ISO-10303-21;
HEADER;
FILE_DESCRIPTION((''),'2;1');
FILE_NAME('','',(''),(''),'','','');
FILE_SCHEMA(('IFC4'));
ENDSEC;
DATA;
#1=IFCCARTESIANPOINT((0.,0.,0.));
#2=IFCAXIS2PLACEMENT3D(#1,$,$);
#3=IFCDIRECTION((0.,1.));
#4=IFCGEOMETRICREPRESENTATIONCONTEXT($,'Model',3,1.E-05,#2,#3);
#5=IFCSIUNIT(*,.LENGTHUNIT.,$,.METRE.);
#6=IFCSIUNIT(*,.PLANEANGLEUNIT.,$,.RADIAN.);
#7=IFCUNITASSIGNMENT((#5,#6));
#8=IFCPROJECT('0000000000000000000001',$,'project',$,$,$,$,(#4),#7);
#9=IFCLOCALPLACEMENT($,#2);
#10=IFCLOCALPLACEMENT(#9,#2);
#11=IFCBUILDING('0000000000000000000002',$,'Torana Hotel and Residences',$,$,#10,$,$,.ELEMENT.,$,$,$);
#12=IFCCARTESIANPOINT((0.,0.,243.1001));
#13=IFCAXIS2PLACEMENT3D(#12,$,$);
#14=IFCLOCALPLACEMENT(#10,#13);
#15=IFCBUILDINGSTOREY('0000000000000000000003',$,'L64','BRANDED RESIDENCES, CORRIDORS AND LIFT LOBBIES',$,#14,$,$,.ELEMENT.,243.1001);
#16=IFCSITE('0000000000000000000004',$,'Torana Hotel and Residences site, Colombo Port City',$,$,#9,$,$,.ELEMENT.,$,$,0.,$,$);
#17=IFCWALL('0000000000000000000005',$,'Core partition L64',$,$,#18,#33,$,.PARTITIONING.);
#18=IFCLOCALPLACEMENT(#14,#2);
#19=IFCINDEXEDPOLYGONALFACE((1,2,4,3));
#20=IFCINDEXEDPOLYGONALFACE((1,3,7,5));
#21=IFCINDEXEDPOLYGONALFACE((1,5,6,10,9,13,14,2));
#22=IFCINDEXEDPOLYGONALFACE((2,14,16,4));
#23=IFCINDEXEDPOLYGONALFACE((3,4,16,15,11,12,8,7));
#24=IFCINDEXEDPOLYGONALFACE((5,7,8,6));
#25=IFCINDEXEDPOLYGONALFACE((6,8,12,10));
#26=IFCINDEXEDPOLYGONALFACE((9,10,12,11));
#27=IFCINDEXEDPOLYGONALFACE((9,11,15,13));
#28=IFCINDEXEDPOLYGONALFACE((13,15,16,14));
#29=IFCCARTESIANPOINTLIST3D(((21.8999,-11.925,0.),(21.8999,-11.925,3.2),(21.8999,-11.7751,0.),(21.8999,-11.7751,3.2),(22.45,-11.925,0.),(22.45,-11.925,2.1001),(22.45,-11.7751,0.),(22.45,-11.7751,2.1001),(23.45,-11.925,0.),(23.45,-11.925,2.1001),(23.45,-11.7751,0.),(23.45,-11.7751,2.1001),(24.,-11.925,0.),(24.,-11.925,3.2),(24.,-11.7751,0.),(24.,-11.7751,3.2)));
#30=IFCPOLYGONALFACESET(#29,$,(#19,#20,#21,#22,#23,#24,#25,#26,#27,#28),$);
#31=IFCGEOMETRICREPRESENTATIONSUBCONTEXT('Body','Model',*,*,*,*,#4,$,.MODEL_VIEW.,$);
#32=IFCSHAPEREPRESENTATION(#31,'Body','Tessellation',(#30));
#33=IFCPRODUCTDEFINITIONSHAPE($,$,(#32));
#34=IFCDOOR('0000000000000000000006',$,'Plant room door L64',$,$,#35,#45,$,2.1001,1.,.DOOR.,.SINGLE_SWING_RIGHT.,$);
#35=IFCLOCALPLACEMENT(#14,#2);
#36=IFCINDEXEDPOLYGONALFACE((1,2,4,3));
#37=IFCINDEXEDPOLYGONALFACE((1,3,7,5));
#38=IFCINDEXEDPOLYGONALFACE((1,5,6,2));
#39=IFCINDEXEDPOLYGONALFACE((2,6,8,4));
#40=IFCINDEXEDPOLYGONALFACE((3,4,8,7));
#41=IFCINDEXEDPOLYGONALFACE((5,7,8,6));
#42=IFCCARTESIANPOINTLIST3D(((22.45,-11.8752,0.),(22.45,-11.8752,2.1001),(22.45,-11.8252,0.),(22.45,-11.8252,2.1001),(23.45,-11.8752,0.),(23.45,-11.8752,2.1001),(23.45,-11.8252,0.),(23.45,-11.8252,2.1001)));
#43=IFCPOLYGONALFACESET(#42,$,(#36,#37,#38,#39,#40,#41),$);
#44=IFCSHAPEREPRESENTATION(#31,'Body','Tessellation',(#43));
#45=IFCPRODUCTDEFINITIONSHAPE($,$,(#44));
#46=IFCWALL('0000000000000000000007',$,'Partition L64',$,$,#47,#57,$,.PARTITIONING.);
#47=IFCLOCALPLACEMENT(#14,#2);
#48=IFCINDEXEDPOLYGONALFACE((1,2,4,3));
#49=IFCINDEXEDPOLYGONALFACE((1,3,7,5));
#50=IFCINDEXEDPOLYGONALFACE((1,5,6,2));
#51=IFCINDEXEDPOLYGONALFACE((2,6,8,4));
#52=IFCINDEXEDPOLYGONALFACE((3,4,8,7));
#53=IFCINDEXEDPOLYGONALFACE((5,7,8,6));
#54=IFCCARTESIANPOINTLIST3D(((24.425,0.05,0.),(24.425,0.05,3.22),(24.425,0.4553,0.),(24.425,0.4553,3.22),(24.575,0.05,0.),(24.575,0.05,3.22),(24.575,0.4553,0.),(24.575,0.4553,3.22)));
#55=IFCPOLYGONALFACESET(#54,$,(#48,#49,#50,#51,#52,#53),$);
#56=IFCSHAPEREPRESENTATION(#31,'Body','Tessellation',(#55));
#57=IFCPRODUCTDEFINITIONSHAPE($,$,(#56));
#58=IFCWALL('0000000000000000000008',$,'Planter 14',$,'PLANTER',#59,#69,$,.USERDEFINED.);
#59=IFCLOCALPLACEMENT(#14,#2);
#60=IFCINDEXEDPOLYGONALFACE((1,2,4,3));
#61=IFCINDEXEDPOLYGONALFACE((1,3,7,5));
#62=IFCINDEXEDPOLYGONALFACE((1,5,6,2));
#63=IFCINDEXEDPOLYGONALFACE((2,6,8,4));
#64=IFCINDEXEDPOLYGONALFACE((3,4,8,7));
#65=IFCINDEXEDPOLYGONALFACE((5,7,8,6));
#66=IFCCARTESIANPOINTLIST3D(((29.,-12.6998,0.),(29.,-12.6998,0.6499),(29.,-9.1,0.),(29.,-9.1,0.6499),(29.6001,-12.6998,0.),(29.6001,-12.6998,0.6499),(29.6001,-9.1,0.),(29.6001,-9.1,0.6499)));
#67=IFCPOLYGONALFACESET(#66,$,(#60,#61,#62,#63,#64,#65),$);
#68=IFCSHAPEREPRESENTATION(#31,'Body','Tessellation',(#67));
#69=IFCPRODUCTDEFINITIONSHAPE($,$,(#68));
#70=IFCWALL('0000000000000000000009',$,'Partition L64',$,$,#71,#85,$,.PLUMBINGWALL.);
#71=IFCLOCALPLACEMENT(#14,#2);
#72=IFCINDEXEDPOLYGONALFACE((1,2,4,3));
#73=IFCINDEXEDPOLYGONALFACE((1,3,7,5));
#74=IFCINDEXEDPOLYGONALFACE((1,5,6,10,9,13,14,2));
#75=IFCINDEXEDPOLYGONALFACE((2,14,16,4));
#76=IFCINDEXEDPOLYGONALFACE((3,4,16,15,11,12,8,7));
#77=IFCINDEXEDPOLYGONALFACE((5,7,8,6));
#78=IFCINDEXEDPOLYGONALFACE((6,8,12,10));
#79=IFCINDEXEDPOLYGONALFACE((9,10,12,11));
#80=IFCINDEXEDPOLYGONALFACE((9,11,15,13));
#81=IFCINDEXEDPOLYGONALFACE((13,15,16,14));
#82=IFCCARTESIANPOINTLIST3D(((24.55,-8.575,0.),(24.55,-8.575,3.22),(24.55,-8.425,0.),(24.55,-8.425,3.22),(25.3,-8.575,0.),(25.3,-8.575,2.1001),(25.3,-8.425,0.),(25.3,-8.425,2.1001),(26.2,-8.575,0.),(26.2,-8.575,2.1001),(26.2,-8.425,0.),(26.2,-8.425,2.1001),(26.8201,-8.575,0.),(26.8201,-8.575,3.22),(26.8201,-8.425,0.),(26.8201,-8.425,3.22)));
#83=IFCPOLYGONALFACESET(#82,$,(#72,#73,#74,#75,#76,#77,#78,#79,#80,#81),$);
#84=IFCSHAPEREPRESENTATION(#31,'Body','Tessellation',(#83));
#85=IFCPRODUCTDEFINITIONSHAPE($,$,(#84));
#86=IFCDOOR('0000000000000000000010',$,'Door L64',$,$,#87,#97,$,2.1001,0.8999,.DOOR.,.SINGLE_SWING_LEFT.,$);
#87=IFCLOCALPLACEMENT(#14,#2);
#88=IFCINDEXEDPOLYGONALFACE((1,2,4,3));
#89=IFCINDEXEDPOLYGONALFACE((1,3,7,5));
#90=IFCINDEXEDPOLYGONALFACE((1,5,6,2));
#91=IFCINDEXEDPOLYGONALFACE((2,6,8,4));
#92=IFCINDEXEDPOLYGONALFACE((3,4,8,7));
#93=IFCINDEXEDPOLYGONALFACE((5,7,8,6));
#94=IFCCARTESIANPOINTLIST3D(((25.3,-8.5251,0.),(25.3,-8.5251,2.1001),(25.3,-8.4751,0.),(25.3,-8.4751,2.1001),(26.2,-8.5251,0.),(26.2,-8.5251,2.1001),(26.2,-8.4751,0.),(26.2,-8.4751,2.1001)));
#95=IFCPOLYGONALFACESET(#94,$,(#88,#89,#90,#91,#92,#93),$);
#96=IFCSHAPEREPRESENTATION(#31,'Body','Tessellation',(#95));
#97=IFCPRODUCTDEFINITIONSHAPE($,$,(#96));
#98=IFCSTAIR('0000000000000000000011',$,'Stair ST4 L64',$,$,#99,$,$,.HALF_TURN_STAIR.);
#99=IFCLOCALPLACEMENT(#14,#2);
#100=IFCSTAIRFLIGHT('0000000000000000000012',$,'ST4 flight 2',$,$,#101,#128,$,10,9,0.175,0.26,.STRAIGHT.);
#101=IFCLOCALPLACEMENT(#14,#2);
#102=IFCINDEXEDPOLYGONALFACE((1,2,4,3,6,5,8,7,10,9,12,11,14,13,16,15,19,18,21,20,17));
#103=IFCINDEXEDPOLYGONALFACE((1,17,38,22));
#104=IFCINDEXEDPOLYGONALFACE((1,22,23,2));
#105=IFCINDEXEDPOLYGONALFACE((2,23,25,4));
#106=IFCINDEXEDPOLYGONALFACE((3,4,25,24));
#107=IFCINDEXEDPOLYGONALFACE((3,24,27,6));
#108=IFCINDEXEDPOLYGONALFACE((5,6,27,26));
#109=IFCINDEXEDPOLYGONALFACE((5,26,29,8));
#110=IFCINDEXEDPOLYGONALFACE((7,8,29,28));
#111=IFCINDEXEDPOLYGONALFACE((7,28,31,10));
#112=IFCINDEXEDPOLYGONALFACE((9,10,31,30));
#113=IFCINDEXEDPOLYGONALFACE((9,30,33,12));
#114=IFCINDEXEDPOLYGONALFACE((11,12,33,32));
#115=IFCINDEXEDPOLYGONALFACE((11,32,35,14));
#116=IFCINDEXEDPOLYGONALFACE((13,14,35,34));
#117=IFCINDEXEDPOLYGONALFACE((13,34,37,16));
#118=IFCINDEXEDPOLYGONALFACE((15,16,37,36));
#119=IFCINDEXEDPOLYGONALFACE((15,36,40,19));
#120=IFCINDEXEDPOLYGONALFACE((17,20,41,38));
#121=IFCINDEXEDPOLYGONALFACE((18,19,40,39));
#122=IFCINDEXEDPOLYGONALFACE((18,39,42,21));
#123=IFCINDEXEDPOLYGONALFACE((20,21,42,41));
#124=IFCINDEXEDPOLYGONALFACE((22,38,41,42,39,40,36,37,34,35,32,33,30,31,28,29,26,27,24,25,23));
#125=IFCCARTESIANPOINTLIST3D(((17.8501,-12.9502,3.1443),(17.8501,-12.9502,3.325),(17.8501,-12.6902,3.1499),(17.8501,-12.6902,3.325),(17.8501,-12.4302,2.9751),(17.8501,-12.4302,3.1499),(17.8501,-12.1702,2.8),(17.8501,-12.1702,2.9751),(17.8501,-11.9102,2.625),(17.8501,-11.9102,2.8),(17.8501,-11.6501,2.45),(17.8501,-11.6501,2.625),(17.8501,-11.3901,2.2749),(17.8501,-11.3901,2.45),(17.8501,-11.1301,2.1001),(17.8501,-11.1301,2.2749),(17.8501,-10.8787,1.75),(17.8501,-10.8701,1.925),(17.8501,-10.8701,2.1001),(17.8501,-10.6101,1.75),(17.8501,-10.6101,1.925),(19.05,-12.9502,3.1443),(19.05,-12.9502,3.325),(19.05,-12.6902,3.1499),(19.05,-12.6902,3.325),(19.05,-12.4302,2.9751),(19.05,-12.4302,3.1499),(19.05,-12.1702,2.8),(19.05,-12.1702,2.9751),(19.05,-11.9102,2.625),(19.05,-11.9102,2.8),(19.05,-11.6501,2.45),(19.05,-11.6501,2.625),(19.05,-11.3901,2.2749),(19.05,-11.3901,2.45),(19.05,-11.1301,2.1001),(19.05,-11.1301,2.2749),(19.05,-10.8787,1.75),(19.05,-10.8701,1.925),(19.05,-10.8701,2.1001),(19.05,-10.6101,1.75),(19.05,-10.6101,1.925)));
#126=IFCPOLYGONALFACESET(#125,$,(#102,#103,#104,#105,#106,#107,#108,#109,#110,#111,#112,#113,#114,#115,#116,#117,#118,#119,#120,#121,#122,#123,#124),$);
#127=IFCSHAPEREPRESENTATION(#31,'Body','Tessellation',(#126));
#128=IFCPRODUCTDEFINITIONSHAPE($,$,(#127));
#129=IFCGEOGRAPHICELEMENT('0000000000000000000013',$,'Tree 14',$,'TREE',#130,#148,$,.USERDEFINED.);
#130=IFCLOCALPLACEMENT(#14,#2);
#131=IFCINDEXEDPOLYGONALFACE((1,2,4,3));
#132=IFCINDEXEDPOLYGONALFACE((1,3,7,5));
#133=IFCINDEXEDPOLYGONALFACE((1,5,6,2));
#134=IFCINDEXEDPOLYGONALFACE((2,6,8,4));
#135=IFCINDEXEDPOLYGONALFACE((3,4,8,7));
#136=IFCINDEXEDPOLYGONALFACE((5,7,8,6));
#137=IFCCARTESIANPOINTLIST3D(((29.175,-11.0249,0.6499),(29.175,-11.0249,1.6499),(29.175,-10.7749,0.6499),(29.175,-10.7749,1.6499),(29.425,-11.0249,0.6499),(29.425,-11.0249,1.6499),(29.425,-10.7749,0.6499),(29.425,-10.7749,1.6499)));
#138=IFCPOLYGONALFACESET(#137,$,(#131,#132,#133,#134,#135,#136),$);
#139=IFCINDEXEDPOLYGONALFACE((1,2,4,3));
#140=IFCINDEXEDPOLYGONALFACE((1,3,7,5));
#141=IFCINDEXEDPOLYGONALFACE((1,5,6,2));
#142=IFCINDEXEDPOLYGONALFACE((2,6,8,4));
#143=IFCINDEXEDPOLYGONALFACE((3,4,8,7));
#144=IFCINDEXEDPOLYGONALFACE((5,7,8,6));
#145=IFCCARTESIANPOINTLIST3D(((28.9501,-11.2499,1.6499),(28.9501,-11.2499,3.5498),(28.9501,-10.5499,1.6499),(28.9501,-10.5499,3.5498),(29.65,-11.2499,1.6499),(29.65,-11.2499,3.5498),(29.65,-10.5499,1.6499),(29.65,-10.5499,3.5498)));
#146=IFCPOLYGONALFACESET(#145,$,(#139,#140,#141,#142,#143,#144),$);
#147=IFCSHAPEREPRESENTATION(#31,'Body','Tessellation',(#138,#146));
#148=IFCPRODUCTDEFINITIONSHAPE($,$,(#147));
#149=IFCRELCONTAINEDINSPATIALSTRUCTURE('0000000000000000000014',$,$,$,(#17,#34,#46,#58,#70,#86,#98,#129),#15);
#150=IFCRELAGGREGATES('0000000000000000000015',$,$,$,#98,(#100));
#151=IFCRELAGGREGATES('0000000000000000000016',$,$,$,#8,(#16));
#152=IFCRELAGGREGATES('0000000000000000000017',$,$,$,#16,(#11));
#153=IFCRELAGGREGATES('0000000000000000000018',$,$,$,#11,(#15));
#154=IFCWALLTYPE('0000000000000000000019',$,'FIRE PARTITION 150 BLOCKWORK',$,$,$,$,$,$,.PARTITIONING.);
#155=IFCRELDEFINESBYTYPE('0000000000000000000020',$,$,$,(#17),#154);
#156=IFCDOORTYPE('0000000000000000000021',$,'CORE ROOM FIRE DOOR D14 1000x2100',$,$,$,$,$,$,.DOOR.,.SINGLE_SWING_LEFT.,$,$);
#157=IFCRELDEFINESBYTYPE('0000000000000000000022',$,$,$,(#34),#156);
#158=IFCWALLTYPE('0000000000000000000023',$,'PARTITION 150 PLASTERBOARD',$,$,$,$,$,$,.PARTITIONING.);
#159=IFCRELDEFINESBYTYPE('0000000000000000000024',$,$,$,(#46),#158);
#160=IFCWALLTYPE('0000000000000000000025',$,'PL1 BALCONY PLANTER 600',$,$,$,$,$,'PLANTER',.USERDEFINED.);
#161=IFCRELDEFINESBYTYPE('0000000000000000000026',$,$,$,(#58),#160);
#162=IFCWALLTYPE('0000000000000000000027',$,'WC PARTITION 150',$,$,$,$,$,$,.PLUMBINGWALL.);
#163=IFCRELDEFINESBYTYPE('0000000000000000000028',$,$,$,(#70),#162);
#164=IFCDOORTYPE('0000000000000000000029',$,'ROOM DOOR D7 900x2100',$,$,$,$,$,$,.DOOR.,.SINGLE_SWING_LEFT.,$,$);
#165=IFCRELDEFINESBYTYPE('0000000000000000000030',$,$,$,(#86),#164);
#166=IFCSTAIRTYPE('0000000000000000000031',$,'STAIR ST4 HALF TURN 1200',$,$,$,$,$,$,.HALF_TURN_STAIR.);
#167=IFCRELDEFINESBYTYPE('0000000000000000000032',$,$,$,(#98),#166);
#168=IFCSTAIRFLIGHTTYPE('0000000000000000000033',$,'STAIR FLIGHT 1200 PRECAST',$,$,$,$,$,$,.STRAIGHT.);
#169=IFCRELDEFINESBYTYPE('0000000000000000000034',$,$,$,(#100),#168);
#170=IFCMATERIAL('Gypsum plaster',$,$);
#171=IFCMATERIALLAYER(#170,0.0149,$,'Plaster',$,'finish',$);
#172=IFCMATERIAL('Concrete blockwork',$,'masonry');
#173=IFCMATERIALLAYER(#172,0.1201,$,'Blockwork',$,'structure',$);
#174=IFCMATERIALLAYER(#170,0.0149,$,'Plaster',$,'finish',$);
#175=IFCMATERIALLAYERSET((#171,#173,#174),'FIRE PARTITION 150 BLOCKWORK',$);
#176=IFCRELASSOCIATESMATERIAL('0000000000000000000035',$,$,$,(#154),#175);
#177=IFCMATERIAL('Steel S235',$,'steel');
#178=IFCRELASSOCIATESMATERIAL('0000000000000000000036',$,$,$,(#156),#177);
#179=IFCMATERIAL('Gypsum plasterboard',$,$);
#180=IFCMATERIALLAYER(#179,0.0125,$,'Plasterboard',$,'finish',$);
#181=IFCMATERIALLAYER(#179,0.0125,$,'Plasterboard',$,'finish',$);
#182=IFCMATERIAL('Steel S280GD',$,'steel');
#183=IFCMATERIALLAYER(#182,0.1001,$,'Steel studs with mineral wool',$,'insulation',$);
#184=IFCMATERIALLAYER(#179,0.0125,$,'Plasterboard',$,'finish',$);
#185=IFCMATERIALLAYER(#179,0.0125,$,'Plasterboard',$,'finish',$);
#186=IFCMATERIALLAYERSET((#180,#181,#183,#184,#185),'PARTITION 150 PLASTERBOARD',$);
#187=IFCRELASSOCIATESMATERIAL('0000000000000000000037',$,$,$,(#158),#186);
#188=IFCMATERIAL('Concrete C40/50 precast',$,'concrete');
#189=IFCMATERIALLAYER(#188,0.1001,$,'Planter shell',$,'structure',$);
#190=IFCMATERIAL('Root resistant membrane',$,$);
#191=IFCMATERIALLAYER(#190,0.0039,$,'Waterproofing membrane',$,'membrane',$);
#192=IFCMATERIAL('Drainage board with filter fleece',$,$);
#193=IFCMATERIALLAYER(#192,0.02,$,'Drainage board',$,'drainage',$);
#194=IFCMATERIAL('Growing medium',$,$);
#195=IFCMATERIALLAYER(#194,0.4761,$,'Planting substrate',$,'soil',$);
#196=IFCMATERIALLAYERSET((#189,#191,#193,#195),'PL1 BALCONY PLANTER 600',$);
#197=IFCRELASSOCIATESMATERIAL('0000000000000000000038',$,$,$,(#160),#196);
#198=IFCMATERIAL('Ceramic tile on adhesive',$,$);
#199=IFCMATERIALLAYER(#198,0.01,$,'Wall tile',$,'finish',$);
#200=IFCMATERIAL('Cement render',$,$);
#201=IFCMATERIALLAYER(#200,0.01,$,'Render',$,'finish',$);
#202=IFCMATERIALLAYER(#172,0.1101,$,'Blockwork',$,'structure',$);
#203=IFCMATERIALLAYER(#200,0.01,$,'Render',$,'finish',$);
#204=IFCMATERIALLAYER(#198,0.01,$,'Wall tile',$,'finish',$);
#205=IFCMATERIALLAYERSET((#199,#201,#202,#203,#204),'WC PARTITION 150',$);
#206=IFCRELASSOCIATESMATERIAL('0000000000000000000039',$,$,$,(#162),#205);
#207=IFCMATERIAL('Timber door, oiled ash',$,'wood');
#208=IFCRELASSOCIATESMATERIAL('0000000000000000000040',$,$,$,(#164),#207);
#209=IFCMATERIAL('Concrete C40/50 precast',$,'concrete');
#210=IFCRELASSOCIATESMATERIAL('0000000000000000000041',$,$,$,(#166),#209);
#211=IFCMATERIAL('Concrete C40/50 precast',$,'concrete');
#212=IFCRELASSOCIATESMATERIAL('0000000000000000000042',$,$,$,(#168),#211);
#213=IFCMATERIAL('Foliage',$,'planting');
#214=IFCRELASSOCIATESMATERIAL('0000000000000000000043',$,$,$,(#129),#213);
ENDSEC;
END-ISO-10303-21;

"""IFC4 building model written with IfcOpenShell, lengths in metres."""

from ifc_helpers import new_model, si_unit, direction, frame, frame_2d, origin, origin_2d, place, context, subcontext, project, spatial, polyline, rectangle, outline, extrude, material, layer, layer_set, type_object, element, fill, aggregate, save


model = new_model("IFC4")

# Units and contexts
model_context = context("Model", 3, precision=1e-05, world=origin(), true_north=direction((0.0, 1.0)))
body_context = subcontext(model_context, "Body", "Model", "MODEL_VIEW")
ifc_project = project(units=[si_unit("LENGTHUNIT", "METRE"), si_unit("PLANEANGLEUNIT", "RADIAN")], contexts=[model_context])

# Site, building, storey
site_placement = place(None, origin())
site = spatial("IfcSite", under=ifc_project, at=site_placement, Name="Torana Hotel and Residences site, Colombo Port City", CompositionType="ELEMENT", RefElevation=0.0)
building_placement = place(site_placement, origin())
building = spatial("IfcBuilding", under=site, at=building_placement, Name="Torana Hotel and Residences", CompositionType="ELEMENT")
storey_placement = place(building_placement, frame((0.0, 0.0, 243.1001)))
storey = spatial("IfcBuildingStorey", under=building, at=storey_placement, Name="L64", Description="BRANDED RESIDENCES, CORRIDORS AND LIFT LOBBIES", CompositionType="ELEMENT", Elevation=243.1001)

# Shared definitions
ifc_material_1 = material(Name="Steel S280GD", Category="steel")

# Shared definitions
ifc_material_2 = material(Name="Concrete C40/50 precast", Category="concrete")

# Wall, opening, door
ifc_material_3 = material(Name="Gypsum plaster")
ifc_layer_1 = layer(ifc_material_3, 0.0149, Name="Plaster", Category="finish")
ifc_material_4 = material(Name="Concrete blockwork", Category="masonry")
ifc_layer_2 = layer(ifc_material_4, 0.1201, Name="Blockwork", Category="structure")
ifc_layer_3 = layer(ifc_material_3, 0.0149, Name="Plaster", Category="finish")
ifc_layer_set_1 = layer_set([ifc_layer_1, ifc_layer_2, ifc_layer_3], Name="FIRE PARTITION 150 BLOCKWORK")
wall_type_1 = type_object("IfcWallType", Name="FIRE PARTITION 150 BLOCKWORK", PredefinedType="PARTITIONING", material=ifc_layer_set_1)
wall_1_placement = place(storey_placement, frame((21.8999, -11.8501, 0.0), z_axis=(0.0, 0.0, 1.0), x_axis=(1.0, 0.0, 0.0)))
wall_1 = element("IfcWall", 1, at=wall_1_placement, inside=storey, type_object=wall_type_1, Name="Core partition L64", PredefinedType="PARTITIONING", context=body_context, shape_type="SweptSolid", body=[
    extrude(rectangle(XDim=2.1001, YDim=0.1499, at=frame_2d((1.05, 0.0))), origin(), (0.0, 0.0, 1.0), 3.2),
])
opening_1_placement = place(wall_1_placement, frame((0.55, 0.0, 0.0)))
opening_1 = element("IfcOpeningElement", 2, at=opening_1_placement, cuts=wall_1, PredefinedType="OPENING", context=body_context, shape_type="SweptSolid", body=[
    extrude(rectangle(XDim=1.0, YDim=2.1001, at=frame_2d((0.5, 1.05))), frame((0.0, 0.085, 0.0), z_axis=(0.0, -1.0, 0.0), x_axis=(1.0, 0.0, 0.0)), (0.0, 0.0, 1.0), 0.1699),
])
ifc_material_5 = material(Name="Steel S235", Category="steel")
door_type_1 = type_object("IfcDoorType", Name="CORE ROOM FIRE DOOR D14 1000x2100", OperationType="SINGLE_SWING_LEFT", PredefinedType="DOOR", material=ifc_material_5)
door_1_placement = place(opening_1_placement, origin())
door_1 = element("IfcDoor", 3, at=door_1_placement, inside=storey, type_object=door_type_1, Name="Plant room door L64", OperationType="SINGLE_SWING_RIGHT", OverallHeight=2.1001, OverallWidth=1.0, PredefinedType="DOOR", context=body_context, shape_type="SweptSolid", body=[
    extrude(rectangle(XDim=1.0, YDim=2.1001, at=frame_2d((0.5, 1.05))), frame((0.0, 0.0249, 0.0), z_axis=(0.0, -1.0, 0.0), x_axis=(1.0, 0.0, 0.0)), (0.0, 0.0, 1.0), 0.05),
])
fill(opening_1, door_1)

# Walls
ifc_material_6 = material(Name="Gypsum plasterboard")
ifc_layer_4 = layer(ifc_material_6, 0.0125, Name="Plasterboard", Category="finish")
ifc_layer_5 = layer(ifc_material_6, 0.0125, Name="Plasterboard", Category="finish")
ifc_layer_6 = layer(ifc_material_1, 0.1001, Name="Steel studs with mineral wool", Category="insulation")
ifc_layer_7 = layer(ifc_material_6, 0.0125, Name="Plasterboard", Category="finish")
ifc_layer_8 = layer(ifc_material_6, 0.0125, Name="Plasterboard", Category="finish")
ifc_layer_set_2 = layer_set([ifc_layer_4, ifc_layer_5, ifc_layer_6, ifc_layer_7, ifc_layer_8], Name="PARTITION 150 PLASTERBOARD")
wall_type_2 = type_object("IfcWallType", Name="PARTITION 150 PLASTERBOARD", PredefinedType="PARTITIONING", material=ifc_layer_set_2)
wall_2_placement = place(storey_placement, frame((24.5, 0.05, 0.0), z_axis=(0.0, 0.0, 1.0), x_axis=(0.0, 1.0, 0.0)))
element("IfcWall", 4, at=wall_2_placement, inside=storey, type_object=wall_type_2, Name="Partition L64", PredefinedType="PARTITIONING", context=body_context, shape_type="SweptSolid", body=[
    extrude(rectangle(XDim=0.4053, YDim=0.1499, at=frame_2d((0.2026, 0.0))), origin(), (0.0, 0.0, 1.0), 3.22),
])
ifc_layer_9 = layer(ifc_material_2, 0.1001, Name="Planter shell", Category="structure")
ifc_material_7 = material(Name="Root resistant membrane")
ifc_layer_10 = layer(ifc_material_7, 0.0039, Name="Waterproofing membrane", Category="membrane")
ifc_material_8 = material(Name="Drainage board with filter fleece")
ifc_layer_11 = layer(ifc_material_8, 0.02, Name="Drainage board", Category="drainage")
ifc_material_9 = material(Name="Growing medium")
ifc_layer_12 = layer(ifc_material_9, 0.4761, Name="Planting substrate", Category="soil")
ifc_layer_set_3 = layer_set([ifc_layer_9, ifc_layer_10, ifc_layer_11, ifc_layer_12], Name="PL1 BALCONY PLANTER 600")
wall_type_3 = type_object("IfcWallType", Name="PL1 BALCONY PLANTER 600", ElementType="PLANTER", PredefinedType="USERDEFINED", material=ifc_layer_set_3)
wall_3_placement = place(storey_placement, frame((29.3, -9.1001, 0.0), z_axis=(0.0, 0.0, 1.0), x_axis=(0.0, -1.0, 0.0)))
element("IfcWall", 5, at=wall_3_placement, inside=storey, type_object=wall_type_3, Name="Planter 14", ObjectType="PLANTER", PredefinedType="USERDEFINED", context=body_context, shape_type="SweptSolid", body=[
    extrude(rectangle(XDim=3.5999, YDim=0.6001, at=frame_2d((1.7998, 0.0))), origin(), (0.0, 0.0, 1.0), 0.6499),
])

# Wall, opening, door
ifc_material_10 = material(Name="Ceramic tile on adhesive")
ifc_layer_13 = layer(ifc_material_10, 0.01, Name="Wall tile", Category="finish")
ifc_material_11 = material(Name="Cement render")
ifc_layer_14 = layer(ifc_material_11, 0.01, Name="Render", Category="finish")
ifc_layer_15 = layer(ifc_material_4, 0.1101, Name="Blockwork", Category="structure")
ifc_layer_16 = layer(ifc_material_11, 0.01, Name="Render", Category="finish")
ifc_layer_17 = layer(ifc_material_10, 0.01, Name="Wall tile", Category="finish")
ifc_layer_set_4 = layer_set([ifc_layer_13, ifc_layer_14, ifc_layer_15, ifc_layer_16, ifc_layer_17], Name="WC PARTITION 150")
wall_type_4 = type_object("IfcWallType", Name="WC PARTITION 150", PredefinedType="PLUMBINGWALL", material=ifc_layer_set_4)
wall_4_placement = place(storey_placement, frame((24.55, -8.5, 0.0), z_axis=(0.0, 0.0, 1.0), x_axis=(1.0, 0.0, 0.0)))
wall_4 = element("IfcWall", 6, at=wall_4_placement, inside=storey, type_object=wall_type_4, Name="Partition L64", PredefinedType="PLUMBINGWALL", context=body_context, shape_type="SweptSolid", body=[
    extrude(rectangle(XDim=2.27, YDim=0.1499, at=frame_2d((1.135, 0.0))), origin(), (0.0, 0.0, 1.0), 3.22),
])
opening_2_placement = place(wall_4_placement, frame((0.75, 0.0, 0.0)))
opening_2 = element("IfcOpeningElement", 7, at=opening_2_placement, cuts=wall_4, PredefinedType="OPENING", context=body_context, shape_type="SweptSolid", body=[
    extrude(rectangle(XDim=0.8999, YDim=2.1001, at=frame_2d((0.45, 1.05))), frame((0.0, 0.085, 0.0), z_axis=(0.0, -1.0, 0.0), x_axis=(1.0, 0.0, 0.0)), (0.0, 0.0, 1.0), 0.1699),
])
ifc_material_12 = material(Name="Timber door, oiled ash", Category="wood")
door_type_2 = type_object("IfcDoorType", Name="ROOM DOOR D7 900x2100", OperationType="SINGLE_SWING_LEFT", PredefinedType="DOOR", material=ifc_material_12)
door_2_placement = place(opening_2_placement, origin())
door_2 = element("IfcDoor", 8, at=door_2_placement, inside=storey, type_object=door_type_2, Name="Door L64", OperationType="SINGLE_SWING_LEFT", OverallHeight=2.1001, OverallWidth=0.8999, PredefinedType="DOOR", context=body_context, shape_type="SweptSolid", body=[
    extrude(rectangle(XDim=0.8999, YDim=2.1001, at=frame_2d((0.45, 1.05))), frame((0.0, 0.0249, 0.0), z_axis=(0.0, -1.0, 0.0), x_axis=(1.0, 0.0, 0.0)), (0.0, 0.0, 1.0), 0.05),
])
fill(opening_2, door_2)

# Stair, stair flight
ifc_material_13 = material(Name="Concrete C40/50 precast", Category="concrete")
stair_type = type_object("IfcStairType", Name="STAIR ST4 HALF TURN 1200", PredefinedType="HALF_TURN_STAIR", material=ifc_material_13)
stair_placement = place(storey_placement, origin())
stair = element("IfcStair", 9, at=stair_placement, inside=storey, type_object=stair_type, Name="Stair ST4 L64", PredefinedType="HALF_TURN_STAIR")
ifc_material_14 = material(Name="Concrete C40/50 precast", Category="concrete")
stair_flight_type = type_object("IfcStairFlightType", Name="STAIR FLIGHT 1200 PRECAST", PredefinedType="STRAIGHT", material=ifc_material_14)
stair_flight_placement = place(storey_placement, frame((18.45, -10.6101, 1.75), z_axis=(0.0, 0.0, 1.0), x_axis=(0.0, -1.0, 0.0)))
stair_flight = element("IfcStairFlight", 10, at=stair_flight_placement, type_object=stair_flight_type, Name="ST4 flight 2", NumberOfRisers=10, NumberOfTreads=9, PredefinedType="STRAIGHT", RiserHeight=0.175, TreadLength=0.26, context=body_context, shape_type="SweptSolid", body=[
    extrude(outline(polyline([(0.0, 0.0), (0.0, 0.175), (0.26, 0.175), (0.26, 0.3501), (0.52, 0.3501), (0.52, 0.5249), (0.78, 0.5249), (0.78, 0.7), (1.04, 0.7), (1.04, 0.875), (1.3, 0.875), (1.3, 1.05), (1.5601, 1.05), (1.5601, 1.2251), (1.8201, 1.2251), (1.8201, 1.3999), (2.0801, 1.3999), (2.0801, 1.575), (2.3401, 1.575), (2.3401, 1.75), (2.3401, 1.3943), (0.2686, 0.0), (0.0, 0.0)])), frame((0.0, 0.6001, 0.0), z_axis=(0.0, -1.0, 0.0), x_axis=(1.0, 0.0, 0.0)), (0.0, 0.0, 1.0), 1.2),
])
aggregate(stair, [stair_flight])

# Geographic element
ifc_material_15 = material(Name="Foliage", Category="planting")
geographic_element_placement = place(storey_placement, frame((29.3, -10.8999, 0.6499), z_axis=(0.0, 0.0, 1.0), x_axis=(1.0, 0.0, 0.0)))
element("IfcGeographicElement", 11, at=geographic_element_placement, inside=storey, material=ifc_material_15, Name="Tree 14", ObjectType="TREE", PredefinedType="USERDEFINED", context=body_context, shape_type="SweptSolid", body=[
    extrude(rectangle(XDim=0.25, YDim=0.25, at=origin_2d()), origin(), (0.0, 0.0, 1.0), 1.0),
    extrude(rectangle(XDim=0.7, YDim=0.7, at=origin_2d()), frame((0.0, 0.0, 1.0)), (0.0, 0.0, 1.0), 1.8999),
])

save(model, "model.ifc")
